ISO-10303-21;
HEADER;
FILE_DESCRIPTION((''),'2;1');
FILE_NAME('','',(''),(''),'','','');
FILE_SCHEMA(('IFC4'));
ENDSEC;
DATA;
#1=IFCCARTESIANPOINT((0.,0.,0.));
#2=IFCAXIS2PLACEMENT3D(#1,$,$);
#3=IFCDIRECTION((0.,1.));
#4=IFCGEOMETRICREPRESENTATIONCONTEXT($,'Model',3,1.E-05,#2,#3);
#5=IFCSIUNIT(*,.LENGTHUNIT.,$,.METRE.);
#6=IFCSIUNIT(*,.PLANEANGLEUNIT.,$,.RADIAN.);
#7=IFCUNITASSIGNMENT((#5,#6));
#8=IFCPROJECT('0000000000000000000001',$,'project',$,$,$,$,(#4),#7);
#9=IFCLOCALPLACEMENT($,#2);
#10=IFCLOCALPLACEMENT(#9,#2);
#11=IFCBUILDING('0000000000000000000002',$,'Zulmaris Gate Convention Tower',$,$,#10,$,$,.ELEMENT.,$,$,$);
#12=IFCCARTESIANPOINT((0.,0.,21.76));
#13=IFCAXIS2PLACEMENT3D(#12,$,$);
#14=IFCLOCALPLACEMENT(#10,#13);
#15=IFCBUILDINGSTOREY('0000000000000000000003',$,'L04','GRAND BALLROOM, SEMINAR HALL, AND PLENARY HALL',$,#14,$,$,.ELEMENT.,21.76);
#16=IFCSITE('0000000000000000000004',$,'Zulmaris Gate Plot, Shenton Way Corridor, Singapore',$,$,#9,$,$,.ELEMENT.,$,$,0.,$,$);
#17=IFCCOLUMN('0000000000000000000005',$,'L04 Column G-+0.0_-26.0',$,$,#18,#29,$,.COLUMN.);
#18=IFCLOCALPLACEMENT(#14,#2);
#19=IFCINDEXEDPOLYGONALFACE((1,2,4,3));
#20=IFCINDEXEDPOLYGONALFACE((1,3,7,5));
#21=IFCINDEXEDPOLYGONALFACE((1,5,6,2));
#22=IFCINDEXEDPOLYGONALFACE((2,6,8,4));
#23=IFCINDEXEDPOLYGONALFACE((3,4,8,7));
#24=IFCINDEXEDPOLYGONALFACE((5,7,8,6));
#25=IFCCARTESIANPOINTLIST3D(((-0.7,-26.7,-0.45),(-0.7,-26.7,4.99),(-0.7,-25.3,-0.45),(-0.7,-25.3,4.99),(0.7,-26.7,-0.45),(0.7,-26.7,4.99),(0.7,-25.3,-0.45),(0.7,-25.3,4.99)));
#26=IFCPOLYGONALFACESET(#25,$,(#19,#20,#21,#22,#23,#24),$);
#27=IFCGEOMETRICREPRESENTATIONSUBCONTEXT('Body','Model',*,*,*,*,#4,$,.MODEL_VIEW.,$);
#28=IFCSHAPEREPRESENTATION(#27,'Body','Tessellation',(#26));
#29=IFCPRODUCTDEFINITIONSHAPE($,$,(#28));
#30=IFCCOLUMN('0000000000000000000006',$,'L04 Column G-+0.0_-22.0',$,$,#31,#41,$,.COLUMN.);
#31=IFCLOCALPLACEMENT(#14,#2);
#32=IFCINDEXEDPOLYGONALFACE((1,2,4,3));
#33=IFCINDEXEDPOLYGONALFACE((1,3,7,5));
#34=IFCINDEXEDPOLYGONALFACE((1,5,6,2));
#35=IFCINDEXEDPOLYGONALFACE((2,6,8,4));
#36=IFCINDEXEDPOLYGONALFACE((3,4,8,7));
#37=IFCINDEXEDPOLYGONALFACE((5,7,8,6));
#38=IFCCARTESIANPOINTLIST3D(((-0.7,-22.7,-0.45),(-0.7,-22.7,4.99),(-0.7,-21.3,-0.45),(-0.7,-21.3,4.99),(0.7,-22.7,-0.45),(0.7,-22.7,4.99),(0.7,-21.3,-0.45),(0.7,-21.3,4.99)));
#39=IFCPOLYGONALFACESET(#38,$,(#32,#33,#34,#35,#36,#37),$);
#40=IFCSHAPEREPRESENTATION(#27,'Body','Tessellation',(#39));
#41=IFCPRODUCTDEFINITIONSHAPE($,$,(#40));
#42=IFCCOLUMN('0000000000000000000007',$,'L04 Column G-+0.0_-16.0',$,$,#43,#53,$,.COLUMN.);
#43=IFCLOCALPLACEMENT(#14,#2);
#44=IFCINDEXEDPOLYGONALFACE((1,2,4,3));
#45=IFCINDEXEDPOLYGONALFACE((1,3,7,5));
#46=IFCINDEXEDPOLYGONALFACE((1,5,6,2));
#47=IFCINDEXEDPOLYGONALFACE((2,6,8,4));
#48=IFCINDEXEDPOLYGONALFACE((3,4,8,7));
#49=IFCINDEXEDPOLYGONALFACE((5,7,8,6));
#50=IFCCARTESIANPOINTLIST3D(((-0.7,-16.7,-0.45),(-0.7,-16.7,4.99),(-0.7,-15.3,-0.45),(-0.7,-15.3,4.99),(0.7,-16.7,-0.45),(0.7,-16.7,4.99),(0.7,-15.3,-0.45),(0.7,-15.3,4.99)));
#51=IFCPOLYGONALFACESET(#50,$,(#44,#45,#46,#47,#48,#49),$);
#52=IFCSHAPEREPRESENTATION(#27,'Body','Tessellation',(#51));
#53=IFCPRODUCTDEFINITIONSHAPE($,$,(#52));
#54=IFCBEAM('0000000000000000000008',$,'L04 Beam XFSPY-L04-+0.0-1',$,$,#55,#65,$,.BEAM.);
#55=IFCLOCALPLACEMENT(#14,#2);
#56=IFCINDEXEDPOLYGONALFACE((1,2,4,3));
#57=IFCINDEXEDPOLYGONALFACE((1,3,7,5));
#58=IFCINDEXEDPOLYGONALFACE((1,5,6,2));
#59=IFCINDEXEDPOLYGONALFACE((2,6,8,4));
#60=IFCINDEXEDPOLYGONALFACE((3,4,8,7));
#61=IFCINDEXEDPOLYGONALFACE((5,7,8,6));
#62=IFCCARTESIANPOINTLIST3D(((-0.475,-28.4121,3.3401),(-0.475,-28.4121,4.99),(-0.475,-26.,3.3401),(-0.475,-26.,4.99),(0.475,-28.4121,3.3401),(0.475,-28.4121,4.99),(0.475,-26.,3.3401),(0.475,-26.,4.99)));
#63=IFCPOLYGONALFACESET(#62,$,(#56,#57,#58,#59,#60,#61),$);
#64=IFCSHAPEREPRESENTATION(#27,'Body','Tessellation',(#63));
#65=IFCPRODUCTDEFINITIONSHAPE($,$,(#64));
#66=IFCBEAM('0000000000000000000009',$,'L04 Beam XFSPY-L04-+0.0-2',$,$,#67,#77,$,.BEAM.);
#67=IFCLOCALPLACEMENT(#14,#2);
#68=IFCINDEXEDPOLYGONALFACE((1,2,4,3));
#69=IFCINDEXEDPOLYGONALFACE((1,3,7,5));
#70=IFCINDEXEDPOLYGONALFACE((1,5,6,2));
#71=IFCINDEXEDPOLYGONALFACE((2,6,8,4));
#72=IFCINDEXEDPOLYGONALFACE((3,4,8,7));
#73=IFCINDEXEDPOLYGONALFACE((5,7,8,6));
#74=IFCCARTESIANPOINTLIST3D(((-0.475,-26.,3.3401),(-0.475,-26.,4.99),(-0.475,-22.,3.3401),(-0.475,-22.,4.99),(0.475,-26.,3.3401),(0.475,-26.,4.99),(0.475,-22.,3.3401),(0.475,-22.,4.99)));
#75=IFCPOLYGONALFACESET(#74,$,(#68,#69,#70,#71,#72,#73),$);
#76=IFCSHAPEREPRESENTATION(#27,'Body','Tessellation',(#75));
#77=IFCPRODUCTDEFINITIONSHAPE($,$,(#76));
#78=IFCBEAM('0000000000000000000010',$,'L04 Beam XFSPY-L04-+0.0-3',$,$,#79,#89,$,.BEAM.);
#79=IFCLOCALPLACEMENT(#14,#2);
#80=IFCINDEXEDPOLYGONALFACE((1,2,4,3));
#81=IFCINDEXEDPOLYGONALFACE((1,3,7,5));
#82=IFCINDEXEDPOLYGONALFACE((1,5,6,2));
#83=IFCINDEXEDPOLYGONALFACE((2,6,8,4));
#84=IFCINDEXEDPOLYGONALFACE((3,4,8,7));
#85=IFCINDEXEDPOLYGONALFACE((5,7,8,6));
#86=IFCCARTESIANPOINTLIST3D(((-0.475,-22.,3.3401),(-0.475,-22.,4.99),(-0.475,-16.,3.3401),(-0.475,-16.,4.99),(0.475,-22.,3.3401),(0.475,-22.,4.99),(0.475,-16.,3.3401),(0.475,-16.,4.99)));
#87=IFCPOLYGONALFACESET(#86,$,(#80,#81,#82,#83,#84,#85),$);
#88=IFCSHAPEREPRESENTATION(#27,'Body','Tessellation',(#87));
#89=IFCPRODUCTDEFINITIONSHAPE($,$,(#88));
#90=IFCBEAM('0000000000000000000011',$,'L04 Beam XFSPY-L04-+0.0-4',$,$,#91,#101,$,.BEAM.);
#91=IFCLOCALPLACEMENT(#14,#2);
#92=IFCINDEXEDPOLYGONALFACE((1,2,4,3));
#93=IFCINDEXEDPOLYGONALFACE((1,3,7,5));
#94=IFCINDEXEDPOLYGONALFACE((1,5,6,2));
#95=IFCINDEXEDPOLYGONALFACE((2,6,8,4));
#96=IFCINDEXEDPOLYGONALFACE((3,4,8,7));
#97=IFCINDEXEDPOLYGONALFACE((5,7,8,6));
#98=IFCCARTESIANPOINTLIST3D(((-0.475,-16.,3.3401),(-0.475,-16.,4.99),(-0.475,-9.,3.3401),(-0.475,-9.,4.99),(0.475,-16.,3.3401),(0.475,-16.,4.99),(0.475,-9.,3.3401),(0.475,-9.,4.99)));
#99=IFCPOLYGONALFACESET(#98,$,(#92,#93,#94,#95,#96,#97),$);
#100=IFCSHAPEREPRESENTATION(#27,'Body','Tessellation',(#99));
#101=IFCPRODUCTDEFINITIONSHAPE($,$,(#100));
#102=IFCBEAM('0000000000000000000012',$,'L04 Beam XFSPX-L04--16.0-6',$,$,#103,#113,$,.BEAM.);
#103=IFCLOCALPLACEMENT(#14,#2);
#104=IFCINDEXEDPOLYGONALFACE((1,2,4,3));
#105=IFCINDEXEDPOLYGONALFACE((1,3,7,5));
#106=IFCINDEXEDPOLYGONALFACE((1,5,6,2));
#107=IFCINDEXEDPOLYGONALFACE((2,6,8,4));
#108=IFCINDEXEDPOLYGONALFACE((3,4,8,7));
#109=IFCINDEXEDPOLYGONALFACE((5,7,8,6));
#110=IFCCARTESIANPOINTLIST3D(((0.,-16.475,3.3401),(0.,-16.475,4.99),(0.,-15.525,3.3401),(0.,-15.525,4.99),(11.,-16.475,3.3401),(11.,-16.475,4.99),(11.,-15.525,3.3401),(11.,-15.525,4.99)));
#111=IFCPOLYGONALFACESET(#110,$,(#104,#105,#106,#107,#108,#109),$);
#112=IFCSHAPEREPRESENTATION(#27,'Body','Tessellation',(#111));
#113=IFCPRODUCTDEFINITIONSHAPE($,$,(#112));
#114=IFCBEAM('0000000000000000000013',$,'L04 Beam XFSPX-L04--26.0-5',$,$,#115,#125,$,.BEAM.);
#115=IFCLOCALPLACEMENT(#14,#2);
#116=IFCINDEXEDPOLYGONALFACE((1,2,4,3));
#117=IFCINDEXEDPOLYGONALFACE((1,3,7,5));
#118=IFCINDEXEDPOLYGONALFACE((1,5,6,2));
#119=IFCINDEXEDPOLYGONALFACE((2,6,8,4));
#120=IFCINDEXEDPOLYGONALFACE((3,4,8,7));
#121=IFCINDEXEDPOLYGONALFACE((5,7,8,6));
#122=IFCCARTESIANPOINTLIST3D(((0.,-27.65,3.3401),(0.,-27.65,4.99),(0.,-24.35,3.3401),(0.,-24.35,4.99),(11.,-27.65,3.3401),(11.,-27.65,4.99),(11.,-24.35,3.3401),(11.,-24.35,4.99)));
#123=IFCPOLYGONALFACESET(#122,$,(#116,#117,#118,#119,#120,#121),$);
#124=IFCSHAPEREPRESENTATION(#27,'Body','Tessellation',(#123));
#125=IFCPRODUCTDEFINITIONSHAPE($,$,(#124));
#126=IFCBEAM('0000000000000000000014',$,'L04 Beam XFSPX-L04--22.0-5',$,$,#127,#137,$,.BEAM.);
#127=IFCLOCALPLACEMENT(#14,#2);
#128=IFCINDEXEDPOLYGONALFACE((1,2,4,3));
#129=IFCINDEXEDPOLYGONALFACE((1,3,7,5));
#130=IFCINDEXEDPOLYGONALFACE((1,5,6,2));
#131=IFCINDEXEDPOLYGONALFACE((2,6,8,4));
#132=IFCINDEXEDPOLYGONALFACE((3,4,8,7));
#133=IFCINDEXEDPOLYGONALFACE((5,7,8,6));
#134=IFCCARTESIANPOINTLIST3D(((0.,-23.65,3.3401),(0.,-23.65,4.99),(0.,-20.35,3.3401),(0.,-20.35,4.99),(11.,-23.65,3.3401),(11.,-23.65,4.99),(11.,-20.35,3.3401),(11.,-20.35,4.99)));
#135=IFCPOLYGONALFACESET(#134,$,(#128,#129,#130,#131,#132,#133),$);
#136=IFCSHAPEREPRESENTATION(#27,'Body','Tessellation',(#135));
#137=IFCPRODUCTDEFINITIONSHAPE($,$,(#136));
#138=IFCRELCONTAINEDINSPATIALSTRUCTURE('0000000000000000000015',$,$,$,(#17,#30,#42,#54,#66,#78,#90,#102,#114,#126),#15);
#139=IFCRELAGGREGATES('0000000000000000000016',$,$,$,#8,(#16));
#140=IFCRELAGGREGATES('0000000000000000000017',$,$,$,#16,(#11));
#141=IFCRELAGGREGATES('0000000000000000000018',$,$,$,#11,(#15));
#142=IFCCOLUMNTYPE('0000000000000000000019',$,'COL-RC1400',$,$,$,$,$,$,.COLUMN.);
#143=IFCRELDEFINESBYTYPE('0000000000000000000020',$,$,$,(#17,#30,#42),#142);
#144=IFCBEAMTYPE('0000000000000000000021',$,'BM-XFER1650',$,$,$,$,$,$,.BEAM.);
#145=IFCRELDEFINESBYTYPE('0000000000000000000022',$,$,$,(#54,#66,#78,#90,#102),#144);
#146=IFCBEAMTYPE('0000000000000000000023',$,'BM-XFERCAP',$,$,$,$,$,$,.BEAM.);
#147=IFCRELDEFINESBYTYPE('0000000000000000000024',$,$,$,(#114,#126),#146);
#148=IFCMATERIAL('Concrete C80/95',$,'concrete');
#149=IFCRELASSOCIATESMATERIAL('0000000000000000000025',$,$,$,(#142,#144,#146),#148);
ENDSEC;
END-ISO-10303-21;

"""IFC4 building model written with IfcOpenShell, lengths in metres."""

from ifc_helpers import new_model, si_unit, direction, frame, origin, origin_2d, place, context, subcontext, project, spatial, rectangle, extrude, material, material_profile, profile_set, type_object, element, save


model = new_model("IFC4")

# Units and contexts
model_context = context("Model", 3, precision=1e-05, world=origin(), true_north=direction((0.0, 1.0)))
body_context = subcontext(model_context, "Body", "Model", "MODEL_VIEW")
ifc_project = project(units=[si_unit("LENGTHUNIT", "METRE"), si_unit("PLANEANGLEUNIT", "RADIAN")], contexts=[model_context])

# Site, building, storey
site_placement = place(None, origin())
site = spatial("IfcSite", under=ifc_project, at=site_placement, Name="Zulmaris Gate Plot, Shenton Way Corridor, Singapore", CompositionType="ELEMENT", RefElevation=0.0)
building_placement = place(site_placement, origin())
building = spatial("IfcBuilding", under=site, at=building_placement, Name="Zulmaris Gate Convention Tower", CompositionType="ELEMENT")
storey_placement = place(building_placement, frame((0.0, 0.0, 21.76)))
storey = spatial("IfcBuildingStorey", under=building, at=storey_placement, Name="L04", Description="GRAND BALLROOM, SEMINAR HALL, AND PLENARY HALL", CompositionType="ELEMENT", Elevation=21.76)

# Columns
ifc_material_1 = material(Name="Concrete C80/95", Category="concrete")
ifc_material_profile_1 = material_profile(ifc_material_1, rectangle(XDim=1.3999, YDim=1.3999, at=origin_2d()), Name="RC COL 1400x1400")
ifc_profile_set_1 = profile_set([ifc_material_profile_1], Name="Concrete C80/95")
column_type = type_object("IfcColumnType", Name="COL-RC1400", PredefinedType="COLUMN", material=ifc_profile_set_1)
for number, where, z_axis, x_axis, name in (
    (1, (0.0, -26.0, -0.45), (0.0, 0.0, 1.0), (1.0, 0.0, 0.0), "L04 Column G-+0.0_-26.0"),
    (2, (0.0, -22.0, -0.45), (0.0, 0.0, 1.0), (1.0, 0.0, 0.0), "L04 Column G-+0.0_-22.0"),
    (3, (0.0, -16.0, -0.45), (0.0, 0.0, 1.0), (1.0, 0.0, 0.0), "L04 Column G-+0.0_-16.0"),
):
    element("IfcColumn", number, at=place(storey_placement, frame(where, z_axis=z_axis, x_axis=x_axis)), inside=storey, type_object=column_type, Name=name, PredefinedType="COLUMN", context=body_context, shape_type="SweptSolid", body=[
        extrude(rectangle(XDim=1.3999, YDim=1.3999, at=origin_2d()), origin(), (0.0, 0.0, 1.0), 5.4399),
    ])

# Beams
ifc_material_profile_2 = material_profile(ifc_material_1, rectangle(XDim=0.95, YDim=1.6499, at=origin_2d()), Name="RC TRANSFER 950x1650")
ifc_profile_set_2 = profile_set([ifc_material_profile_2], Name="Concrete C80/95")
beam_type_1 = type_object("IfcBeamType", Name="BM-XFER1650", PredefinedType="BEAM", material=ifc_profile_set_2)
beam_1_placement = place(storey_placement, frame((0.0, -28.4121, 4.165), z_axis=(0.0, 1.0, 0.0), x_axis=(-1.0, 0.0, 0.0)))
element("IfcBeam", 4, at=beam_1_placement, inside=storey, type_object=beam_type_1, Name="L04 Beam XFSPY-L04-+0.0-1", PredefinedType="BEAM", context=body_context, shape_type="SweptSolid", body=[
    extrude(rectangle(XDim=0.95, YDim=1.6499, at=origin_2d()), origin(), (0.0, 0.0, 1.0), 2.4121),
])
beam_2_placement = place(storey_placement, frame((0.0, -26.0, 4.165), z_axis=(0.0, 1.0, 0.0), x_axis=(-1.0, 0.0, 0.0)))
element("IfcBeam", 5, at=beam_2_placement, inside=storey, type_object=beam_type_1, Name="L04 Beam XFSPY-L04-+0.0-2", PredefinedType="BEAM", context=body_context, shape_type="SweptSolid", body=[
    extrude(rectangle(XDim=0.95, YDim=1.6499, at=origin_2d()), origin(), (0.0, 0.0, 1.0), 4.0),
])
beam_3_placement = place(storey_placement, frame((0.0, -22.0, 4.165), z_axis=(0.0, 1.0, 0.0), x_axis=(-1.0, 0.0, 0.0)))
element("IfcBeam", 6, at=beam_3_placement, inside=storey, type_object=beam_type_1, Name="L04 Beam XFSPY-L04-+0.0-3", PredefinedType="BEAM", context=body_context, shape_type="SweptSolid", body=[
    extrude(rectangle(XDim=0.95, YDim=1.6499, at=origin_2d()), origin(), (0.0, 0.0, 1.0), 6.0),
])
beam_4_placement = place(storey_placement, frame((0.0, -16.0, 4.165), z_axis=(0.0, 1.0, 0.0), x_axis=(-1.0, 0.0, 0.0)))
element("IfcBeam", 7, at=beam_4_placement, inside=storey, type_object=beam_type_1, Name="L04 Beam XFSPY-L04-+0.0-4", PredefinedType="BEAM", context=body_context, shape_type="SweptSolid", body=[
    extrude(rectangle(XDim=0.95, YDim=1.6499, at=origin_2d()), origin(), (0.0, 0.0, 1.0), 7.0),
])
beam_5_placement = place(storey_placement, frame((0.0, -16.0, 4.165), z_axis=(1.0, 0.0, 0.0), x_axis=(0.0, 1.0, 0.0)))
element("IfcBeam", 8, at=beam_5_placement, inside=storey, type_object=beam_type_1, Name="L04 Beam XFSPX-L04--16.0-6", PredefinedType="BEAM", context=body_context, shape_type="SweptSolid", body=[
    extrude(rectangle(XDim=0.95, YDim=1.6499, at=origin_2d()), origin(), (0.0, 0.0, 1.0), 11.0),
])
ifc_material_profile_3 = material_profile(ifc_material_1, rectangle(XDim=3.3, YDim=1.6499, at=origin_2d()), Name="RC TRANSFER 3300x1650")
ifc_profile_set_3 = profile_set([ifc_material_profile_3], Name="Concrete C80/95")
beam_type_2 = type_object("IfcBeamType", Name="BM-XFERCAP", PredefinedType="BEAM", material=ifc_profile_set_3)
for number, where, z_axis, x_axis, name in (
    (9, (0.0, -26.0, 4.165), (1.0, 0.0, 0.0), (0.0, 1.0, 0.0), "L04 Beam XFSPX-L04--26.0-5"),
    (10, (0.0, -22.0, 4.165), (1.0, 0.0, 0.0), (0.0, 1.0, 0.0), "L04 Beam XFSPX-L04--22.0-5"),
):
    element("IfcBeam", number, at=place(storey_placement, frame(where, z_axis=z_axis, x_axis=x_axis)), inside=storey, type_object=beam_type_2, Name=name, PredefinedType="BEAM", context=body_context, shape_type="SweptSolid", body=[
        extrude(rectangle(XDim=3.3, YDim=1.6499, at=origin_2d()), origin(), (0.0, 0.0, 1.0), 11.0),
    ])

save(model, "model.ifc")
